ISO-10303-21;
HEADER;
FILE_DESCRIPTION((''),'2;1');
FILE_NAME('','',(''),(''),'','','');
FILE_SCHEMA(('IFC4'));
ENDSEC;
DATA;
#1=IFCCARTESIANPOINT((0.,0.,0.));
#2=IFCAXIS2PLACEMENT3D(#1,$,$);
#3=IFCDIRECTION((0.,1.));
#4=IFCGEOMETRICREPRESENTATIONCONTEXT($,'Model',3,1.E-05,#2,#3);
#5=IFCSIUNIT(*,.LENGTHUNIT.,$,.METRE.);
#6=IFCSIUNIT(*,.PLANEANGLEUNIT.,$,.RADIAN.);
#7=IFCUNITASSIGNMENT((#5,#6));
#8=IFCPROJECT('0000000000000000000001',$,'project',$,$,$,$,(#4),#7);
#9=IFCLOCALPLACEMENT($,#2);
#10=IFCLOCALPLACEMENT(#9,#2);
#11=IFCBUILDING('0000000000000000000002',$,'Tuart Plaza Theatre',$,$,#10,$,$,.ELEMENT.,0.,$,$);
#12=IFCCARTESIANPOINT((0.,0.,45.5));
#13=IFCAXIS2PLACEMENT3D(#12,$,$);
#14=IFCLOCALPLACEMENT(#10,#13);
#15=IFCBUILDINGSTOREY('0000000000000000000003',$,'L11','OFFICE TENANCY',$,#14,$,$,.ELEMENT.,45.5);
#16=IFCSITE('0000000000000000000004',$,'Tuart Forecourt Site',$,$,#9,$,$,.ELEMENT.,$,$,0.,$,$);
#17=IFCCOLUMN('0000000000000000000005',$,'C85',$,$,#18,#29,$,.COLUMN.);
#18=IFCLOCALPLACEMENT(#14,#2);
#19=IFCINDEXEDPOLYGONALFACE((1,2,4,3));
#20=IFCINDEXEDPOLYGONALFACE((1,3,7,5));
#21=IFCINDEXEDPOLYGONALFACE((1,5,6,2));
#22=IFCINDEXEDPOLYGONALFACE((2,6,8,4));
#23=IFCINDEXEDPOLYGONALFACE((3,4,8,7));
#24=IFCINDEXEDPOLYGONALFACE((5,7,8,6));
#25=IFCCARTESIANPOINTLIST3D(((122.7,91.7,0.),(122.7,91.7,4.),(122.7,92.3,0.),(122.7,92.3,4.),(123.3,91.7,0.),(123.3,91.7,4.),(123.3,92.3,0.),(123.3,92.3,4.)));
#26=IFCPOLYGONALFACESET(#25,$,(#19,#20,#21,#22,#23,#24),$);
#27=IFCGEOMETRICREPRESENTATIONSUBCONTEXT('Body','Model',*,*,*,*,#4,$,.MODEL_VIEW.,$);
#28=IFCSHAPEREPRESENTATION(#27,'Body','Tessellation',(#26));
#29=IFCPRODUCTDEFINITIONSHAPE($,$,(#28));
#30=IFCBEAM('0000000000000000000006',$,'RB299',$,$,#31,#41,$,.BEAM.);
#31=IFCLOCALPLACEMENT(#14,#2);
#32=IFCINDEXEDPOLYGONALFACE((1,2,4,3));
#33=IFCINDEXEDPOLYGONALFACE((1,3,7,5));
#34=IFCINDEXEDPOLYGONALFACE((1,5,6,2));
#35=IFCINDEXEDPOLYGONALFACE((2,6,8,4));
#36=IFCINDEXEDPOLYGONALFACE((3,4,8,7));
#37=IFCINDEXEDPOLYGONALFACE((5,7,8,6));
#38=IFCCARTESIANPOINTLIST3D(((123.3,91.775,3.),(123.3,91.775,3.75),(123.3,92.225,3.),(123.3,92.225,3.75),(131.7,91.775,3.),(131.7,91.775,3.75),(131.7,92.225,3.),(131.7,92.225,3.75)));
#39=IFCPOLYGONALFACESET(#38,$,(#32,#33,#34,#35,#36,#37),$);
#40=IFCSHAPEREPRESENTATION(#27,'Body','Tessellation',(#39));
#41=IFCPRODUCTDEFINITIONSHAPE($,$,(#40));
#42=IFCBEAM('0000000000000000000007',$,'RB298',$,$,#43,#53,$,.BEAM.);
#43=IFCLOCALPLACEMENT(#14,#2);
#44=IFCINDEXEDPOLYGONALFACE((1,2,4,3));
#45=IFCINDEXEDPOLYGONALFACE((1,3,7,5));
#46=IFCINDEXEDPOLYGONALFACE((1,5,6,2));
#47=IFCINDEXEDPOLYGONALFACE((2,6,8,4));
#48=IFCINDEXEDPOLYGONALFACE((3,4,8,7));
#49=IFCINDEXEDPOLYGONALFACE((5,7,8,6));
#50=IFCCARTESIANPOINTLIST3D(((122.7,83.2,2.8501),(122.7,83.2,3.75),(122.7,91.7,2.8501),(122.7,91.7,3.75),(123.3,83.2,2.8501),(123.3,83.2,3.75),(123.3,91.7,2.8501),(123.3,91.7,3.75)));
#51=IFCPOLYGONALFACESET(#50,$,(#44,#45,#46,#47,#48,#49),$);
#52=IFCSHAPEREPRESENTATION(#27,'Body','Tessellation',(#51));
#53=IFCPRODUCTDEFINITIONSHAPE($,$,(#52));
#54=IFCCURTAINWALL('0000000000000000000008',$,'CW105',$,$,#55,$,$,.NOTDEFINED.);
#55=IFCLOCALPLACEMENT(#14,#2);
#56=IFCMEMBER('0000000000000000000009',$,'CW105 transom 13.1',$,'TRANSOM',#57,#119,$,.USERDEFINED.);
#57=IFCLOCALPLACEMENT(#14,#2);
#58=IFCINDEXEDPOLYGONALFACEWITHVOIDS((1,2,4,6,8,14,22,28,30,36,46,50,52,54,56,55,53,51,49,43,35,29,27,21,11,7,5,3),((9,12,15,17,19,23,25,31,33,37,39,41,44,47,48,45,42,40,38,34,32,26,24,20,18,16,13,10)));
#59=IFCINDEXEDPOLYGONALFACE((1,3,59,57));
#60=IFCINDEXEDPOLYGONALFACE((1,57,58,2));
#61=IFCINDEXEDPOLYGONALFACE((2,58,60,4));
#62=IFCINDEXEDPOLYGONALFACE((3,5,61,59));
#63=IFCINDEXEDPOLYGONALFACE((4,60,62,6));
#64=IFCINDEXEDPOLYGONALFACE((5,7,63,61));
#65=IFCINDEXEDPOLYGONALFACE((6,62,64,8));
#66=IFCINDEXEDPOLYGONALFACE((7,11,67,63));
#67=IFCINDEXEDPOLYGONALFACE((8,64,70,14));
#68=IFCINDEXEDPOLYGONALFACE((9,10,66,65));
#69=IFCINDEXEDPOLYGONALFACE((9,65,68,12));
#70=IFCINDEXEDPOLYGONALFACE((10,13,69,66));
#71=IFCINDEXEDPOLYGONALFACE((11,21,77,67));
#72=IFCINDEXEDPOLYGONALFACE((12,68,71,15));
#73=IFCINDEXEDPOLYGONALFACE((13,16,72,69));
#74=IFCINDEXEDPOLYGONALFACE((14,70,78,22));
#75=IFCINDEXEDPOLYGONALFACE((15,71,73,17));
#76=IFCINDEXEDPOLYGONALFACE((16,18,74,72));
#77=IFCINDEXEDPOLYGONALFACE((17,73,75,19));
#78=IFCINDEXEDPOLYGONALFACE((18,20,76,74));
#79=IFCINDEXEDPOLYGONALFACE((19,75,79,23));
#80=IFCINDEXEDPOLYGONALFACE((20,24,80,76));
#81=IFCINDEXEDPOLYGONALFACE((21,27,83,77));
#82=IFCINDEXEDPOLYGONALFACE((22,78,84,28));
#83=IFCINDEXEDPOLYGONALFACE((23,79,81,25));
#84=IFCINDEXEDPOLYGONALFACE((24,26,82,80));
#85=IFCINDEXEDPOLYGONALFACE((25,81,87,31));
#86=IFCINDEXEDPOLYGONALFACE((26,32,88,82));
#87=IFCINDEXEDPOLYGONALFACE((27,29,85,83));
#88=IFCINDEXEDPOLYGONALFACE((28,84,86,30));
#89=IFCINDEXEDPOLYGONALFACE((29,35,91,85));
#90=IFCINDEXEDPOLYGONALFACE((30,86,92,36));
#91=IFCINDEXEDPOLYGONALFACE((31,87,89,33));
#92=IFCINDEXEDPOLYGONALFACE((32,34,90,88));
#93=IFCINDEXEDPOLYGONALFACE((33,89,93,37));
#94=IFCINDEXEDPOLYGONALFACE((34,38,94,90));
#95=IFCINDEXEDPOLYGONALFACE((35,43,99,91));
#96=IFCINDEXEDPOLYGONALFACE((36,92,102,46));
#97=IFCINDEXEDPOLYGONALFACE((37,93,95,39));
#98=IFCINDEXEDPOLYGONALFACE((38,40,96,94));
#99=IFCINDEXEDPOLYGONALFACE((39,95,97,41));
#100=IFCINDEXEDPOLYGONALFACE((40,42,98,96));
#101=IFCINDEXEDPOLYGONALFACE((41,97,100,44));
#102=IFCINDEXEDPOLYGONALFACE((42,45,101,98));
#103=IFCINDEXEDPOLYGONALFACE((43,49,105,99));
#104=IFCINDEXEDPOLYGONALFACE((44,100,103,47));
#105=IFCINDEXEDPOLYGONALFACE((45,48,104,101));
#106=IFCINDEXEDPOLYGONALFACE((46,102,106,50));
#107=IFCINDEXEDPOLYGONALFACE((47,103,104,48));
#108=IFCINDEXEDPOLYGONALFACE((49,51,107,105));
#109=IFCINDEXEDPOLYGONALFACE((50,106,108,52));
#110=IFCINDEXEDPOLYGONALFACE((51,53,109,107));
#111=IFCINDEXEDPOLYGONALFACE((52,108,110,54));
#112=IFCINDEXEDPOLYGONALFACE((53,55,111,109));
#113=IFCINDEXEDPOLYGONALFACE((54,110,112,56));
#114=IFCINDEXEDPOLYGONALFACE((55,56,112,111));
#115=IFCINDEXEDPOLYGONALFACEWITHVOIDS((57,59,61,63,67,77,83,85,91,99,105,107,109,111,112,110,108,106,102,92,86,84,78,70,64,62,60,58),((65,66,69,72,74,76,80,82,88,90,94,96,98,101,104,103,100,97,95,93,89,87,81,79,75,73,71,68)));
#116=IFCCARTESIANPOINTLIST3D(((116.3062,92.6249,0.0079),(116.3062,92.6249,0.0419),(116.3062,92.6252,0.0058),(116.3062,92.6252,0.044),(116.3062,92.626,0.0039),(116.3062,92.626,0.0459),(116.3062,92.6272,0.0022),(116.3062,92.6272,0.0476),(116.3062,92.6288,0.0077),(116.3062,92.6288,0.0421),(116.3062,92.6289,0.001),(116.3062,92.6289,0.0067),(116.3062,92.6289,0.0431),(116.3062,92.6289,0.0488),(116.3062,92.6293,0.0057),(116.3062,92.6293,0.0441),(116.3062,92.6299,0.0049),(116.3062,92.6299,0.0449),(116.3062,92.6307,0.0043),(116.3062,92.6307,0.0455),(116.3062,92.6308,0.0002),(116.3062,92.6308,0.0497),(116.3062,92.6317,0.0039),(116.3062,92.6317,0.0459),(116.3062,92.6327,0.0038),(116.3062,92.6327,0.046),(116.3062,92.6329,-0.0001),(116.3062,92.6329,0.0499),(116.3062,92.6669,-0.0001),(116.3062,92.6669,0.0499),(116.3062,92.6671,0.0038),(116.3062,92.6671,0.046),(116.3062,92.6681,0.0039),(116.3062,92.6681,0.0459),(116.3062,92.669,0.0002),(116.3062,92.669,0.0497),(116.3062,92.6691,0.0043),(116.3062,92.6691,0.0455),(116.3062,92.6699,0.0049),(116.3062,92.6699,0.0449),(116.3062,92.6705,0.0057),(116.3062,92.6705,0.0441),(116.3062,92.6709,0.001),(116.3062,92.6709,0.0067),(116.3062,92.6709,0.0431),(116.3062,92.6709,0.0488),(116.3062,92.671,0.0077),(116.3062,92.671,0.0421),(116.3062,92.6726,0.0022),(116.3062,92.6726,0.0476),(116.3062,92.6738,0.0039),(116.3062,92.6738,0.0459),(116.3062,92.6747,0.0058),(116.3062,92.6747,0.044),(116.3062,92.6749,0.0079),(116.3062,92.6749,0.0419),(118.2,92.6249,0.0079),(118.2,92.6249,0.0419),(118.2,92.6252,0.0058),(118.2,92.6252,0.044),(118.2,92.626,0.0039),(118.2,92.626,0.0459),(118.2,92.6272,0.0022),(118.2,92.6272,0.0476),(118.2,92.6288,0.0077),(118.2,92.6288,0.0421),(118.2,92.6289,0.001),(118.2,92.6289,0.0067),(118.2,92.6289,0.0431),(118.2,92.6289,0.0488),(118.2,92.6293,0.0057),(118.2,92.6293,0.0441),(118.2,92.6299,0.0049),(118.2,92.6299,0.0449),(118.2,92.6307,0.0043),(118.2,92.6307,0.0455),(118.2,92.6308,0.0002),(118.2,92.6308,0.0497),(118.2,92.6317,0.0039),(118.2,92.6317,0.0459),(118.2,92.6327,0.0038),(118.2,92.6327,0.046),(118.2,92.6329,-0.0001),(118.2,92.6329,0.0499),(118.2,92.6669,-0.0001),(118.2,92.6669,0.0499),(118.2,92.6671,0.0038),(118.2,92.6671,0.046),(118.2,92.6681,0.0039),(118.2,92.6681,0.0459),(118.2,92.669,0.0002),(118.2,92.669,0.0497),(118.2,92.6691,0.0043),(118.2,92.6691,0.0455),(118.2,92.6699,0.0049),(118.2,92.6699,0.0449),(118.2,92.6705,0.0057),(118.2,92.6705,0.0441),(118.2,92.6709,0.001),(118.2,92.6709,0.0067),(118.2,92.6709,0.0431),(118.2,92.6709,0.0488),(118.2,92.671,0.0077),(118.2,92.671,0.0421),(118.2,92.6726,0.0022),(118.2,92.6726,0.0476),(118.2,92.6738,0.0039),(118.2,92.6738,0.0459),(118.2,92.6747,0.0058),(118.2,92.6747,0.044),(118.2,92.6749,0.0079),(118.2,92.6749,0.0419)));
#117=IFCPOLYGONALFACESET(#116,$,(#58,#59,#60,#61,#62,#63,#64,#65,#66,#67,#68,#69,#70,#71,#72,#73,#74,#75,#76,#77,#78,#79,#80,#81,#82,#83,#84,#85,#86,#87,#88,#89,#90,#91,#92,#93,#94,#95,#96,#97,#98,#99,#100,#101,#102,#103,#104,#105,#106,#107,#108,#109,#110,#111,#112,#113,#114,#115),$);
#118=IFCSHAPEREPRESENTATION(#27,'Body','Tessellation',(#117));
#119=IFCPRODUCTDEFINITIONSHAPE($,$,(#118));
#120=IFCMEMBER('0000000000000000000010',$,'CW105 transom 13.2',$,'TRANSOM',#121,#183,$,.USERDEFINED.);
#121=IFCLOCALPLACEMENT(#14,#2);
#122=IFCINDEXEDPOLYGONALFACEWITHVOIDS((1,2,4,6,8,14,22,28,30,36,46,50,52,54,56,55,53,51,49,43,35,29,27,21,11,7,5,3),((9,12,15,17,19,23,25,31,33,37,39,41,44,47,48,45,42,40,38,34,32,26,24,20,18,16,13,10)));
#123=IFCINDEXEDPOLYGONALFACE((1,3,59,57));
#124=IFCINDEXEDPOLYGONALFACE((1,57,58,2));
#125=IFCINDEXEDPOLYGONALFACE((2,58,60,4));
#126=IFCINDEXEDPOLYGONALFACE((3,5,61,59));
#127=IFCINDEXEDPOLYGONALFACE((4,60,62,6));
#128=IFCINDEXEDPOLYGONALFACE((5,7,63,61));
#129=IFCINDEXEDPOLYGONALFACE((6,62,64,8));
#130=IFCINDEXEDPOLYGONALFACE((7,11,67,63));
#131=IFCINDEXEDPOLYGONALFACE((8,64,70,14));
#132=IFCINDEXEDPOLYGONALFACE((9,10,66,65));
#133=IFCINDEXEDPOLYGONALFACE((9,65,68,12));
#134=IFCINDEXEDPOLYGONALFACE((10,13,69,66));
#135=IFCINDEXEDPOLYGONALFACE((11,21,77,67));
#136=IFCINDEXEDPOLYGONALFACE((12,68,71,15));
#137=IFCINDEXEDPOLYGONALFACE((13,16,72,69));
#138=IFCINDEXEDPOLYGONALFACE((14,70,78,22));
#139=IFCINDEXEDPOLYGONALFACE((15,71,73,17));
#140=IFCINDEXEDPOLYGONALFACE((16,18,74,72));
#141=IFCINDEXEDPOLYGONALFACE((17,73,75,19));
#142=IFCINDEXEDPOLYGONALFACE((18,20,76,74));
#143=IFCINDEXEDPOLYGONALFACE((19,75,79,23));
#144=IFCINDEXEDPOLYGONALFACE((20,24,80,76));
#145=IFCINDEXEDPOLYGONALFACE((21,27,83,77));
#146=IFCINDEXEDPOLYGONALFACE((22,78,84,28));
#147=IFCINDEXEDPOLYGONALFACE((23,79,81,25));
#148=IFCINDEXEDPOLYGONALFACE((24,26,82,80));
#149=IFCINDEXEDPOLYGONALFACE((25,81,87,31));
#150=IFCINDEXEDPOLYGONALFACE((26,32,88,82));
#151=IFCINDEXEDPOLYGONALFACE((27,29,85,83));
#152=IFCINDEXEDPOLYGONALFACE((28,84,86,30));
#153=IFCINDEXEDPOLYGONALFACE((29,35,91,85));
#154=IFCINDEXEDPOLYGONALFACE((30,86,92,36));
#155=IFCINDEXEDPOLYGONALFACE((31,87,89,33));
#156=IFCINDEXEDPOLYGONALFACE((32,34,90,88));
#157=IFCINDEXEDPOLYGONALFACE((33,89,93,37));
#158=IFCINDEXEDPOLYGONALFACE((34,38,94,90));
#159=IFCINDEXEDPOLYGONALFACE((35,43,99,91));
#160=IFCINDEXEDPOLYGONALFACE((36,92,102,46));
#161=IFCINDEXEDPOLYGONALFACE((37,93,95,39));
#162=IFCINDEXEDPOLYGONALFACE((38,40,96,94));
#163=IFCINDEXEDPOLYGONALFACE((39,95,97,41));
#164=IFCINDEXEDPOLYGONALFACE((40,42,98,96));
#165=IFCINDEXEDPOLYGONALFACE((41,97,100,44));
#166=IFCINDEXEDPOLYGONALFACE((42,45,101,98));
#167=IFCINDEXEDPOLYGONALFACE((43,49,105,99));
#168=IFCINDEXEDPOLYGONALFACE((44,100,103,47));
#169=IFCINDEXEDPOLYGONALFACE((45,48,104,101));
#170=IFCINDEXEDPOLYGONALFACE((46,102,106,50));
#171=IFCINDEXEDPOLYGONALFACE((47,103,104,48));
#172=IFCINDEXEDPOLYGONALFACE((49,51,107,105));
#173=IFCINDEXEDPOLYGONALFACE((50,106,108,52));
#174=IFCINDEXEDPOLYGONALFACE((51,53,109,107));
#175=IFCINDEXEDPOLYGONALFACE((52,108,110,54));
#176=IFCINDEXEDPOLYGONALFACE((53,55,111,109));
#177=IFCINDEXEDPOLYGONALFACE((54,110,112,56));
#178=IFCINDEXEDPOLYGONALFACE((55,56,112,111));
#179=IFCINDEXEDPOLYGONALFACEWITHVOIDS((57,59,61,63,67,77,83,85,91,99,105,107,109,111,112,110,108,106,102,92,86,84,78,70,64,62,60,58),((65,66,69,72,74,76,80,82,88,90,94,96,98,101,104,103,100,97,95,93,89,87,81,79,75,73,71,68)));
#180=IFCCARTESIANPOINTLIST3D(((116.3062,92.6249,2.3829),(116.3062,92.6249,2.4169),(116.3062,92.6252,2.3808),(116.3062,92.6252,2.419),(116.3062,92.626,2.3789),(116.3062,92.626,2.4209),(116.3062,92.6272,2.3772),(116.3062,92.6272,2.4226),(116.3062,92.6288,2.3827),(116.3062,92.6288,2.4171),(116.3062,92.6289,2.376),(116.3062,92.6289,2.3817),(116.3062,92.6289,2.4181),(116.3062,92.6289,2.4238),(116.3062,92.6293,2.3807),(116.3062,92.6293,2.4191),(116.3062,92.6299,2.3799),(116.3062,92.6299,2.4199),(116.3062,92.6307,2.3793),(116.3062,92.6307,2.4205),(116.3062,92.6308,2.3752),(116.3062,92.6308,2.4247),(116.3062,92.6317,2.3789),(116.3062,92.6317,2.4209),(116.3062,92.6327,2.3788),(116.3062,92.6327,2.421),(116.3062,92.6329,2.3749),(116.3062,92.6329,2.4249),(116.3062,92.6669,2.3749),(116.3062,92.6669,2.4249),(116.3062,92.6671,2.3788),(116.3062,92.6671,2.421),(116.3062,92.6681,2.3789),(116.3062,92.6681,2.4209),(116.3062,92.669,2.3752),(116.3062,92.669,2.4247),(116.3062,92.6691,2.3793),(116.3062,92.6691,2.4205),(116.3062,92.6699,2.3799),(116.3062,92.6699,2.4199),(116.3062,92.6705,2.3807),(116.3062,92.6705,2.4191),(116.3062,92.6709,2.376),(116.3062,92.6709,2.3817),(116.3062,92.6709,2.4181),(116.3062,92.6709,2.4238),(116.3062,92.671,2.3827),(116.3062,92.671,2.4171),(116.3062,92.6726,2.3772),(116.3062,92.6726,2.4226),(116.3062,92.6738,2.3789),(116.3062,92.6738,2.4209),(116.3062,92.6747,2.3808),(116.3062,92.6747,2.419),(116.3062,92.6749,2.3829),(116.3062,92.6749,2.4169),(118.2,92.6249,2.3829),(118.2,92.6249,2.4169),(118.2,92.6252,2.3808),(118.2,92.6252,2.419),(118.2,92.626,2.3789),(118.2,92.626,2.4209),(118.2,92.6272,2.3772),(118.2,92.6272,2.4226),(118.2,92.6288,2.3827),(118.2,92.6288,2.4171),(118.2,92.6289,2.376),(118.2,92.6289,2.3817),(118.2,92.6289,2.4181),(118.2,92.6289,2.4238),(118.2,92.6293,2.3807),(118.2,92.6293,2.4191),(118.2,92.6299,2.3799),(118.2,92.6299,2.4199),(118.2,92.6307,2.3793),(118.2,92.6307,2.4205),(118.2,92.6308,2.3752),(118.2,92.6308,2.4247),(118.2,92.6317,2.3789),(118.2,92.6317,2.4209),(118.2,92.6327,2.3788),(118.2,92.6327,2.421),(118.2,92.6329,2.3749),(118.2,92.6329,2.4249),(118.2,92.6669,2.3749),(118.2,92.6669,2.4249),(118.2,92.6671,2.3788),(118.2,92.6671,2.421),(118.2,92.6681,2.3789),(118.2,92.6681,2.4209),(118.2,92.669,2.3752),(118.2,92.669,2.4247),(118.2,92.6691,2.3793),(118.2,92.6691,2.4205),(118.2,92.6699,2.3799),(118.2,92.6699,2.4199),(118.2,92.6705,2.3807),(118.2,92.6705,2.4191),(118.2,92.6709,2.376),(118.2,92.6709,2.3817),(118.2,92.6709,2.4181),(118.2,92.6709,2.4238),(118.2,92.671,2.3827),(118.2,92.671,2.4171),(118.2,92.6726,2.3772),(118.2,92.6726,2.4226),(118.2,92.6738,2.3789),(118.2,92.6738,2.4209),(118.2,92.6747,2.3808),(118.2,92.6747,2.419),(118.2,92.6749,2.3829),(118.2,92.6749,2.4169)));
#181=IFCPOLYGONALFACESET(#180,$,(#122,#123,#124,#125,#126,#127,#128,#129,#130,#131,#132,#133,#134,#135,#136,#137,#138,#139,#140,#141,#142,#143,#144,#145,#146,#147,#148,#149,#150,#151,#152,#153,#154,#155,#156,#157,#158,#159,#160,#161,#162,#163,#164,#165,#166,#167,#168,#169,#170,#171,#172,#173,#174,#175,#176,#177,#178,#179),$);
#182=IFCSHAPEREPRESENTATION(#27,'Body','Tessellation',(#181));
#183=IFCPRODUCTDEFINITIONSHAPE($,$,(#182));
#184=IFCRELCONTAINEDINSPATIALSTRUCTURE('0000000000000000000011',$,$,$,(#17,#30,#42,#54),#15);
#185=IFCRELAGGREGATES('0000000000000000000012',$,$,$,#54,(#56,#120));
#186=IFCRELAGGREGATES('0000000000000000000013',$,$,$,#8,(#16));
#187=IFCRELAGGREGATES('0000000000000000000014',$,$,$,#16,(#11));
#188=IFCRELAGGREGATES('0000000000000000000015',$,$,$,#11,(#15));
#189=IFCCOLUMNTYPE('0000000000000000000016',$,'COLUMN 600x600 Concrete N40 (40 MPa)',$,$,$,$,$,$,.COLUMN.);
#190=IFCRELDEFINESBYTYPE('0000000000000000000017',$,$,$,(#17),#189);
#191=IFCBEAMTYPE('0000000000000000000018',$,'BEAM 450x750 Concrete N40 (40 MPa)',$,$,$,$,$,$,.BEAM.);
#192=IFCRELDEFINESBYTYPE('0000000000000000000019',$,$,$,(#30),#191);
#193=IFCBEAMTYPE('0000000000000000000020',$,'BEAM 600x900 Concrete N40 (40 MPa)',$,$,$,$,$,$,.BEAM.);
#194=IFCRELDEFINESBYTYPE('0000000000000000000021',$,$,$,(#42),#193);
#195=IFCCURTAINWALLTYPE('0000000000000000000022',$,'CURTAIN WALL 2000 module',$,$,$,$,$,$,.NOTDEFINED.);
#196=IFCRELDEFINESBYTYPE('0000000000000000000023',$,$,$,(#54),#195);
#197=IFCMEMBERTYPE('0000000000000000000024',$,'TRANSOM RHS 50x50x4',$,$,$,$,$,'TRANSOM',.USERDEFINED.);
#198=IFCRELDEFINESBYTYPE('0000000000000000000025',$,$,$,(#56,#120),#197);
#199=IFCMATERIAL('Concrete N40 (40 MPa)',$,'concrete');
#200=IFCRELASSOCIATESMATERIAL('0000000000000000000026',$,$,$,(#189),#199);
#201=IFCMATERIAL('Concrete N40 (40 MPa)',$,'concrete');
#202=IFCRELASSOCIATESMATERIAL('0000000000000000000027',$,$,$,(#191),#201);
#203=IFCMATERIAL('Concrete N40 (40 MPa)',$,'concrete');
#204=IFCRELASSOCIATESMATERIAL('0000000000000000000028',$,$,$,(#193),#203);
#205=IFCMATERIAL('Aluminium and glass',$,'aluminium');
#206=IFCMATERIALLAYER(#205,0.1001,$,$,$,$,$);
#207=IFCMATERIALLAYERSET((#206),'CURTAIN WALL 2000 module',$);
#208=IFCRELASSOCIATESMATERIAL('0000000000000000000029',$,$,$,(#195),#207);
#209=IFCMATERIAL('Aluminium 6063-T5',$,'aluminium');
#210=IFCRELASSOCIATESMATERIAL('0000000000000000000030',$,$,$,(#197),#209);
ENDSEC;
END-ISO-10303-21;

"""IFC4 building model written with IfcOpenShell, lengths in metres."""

from ifc_helpers import new_model, si_unit, direction, frame, origin, origin_2d, place, context, subcontext, project, spatial, rectangle, hollow_rectangle, extrude, material, layer, layer_set, material_profile, profile_set, type_object, element, aggregate, save


model = new_model("IFC4")

# Units and contexts
model_context = context("Model", 3, precision=1e-05, world=origin(), true_north=direction((0.0, 1.0)))
body_context = subcontext(model_context, "Body", "Model", "MODEL_VIEW")
ifc_project = project(units=[si_unit("LENGTHUNIT", "METRE"), si_unit("PLANEANGLEUNIT", "RADIAN")], contexts=[model_context])

# Site, building, storey
site_placement = place(None, origin())
site = spatial("IfcSite", under=ifc_project, at=site_placement, Name="Tuart Forecourt Site", CompositionType="ELEMENT", RefElevation=0.0)
building_placement = place(site_placement, origin())
building = spatial("IfcBuilding", under=site, at=building_placement, Name="Tuart Plaza Theatre", CompositionType="ELEMENT", ElevationOfRefHeight=0.0)
storey_placement = place(building_placement, frame((0.0, 0.0, 45.5)))
storey = spatial("IfcBuildingStorey", under=building, at=storey_placement, Name="L11", Description="OFFICE TENANCY", CompositionType="ELEMENT", Elevation=45.5)

# Column
ifc_material_1 = material(Name="Concrete N40 (40 MPa)", Category="concrete")
ifc_material_profile_1 = material_profile(ifc_material_1, rectangle(XDim=0.6001, YDim=0.6001, at=origin_2d()), Name="COLUMN 600x600 Concrete N40 (40 MPa)")
ifc_profile_set_1 = profile_set([ifc_material_profile_1], Name="Concrete N40 (40 MPa)")
column_type = type_object("IfcColumnType", Name="COLUMN 600x600 Concrete N40 (40 MPa)", PredefinedType="COLUMN", material=ifc_profile_set_1)
column_placement = place(storey_placement, frame((123.0, 92.0, 0.0), z_axis=(0.0, 0.0, 1.0), x_axis=(1.0, 0.0, 0.0)))
element("IfcColumn", 1, at=column_placement, inside=storey, type_object=column_type, Name="C85", PredefinedType="COLUMN", context=body_context, shape_type="SweptSolid", body=[
    extrude(rectangle(XDim=0.6001, YDim=0.6001, at=origin_2d()), origin(), (0.0, 0.0, 1.0), 4.0),
])

# Beams
ifc_material_2 = material(Name="Concrete N40 (40 MPa)", Category="concrete")
ifc_material_profile_2 = material_profile(ifc_material_2, rectangle(XDim=0.45, YDim=0.75, at=origin_2d()), Name="BEAM 450x750 Concrete N40 (40 MPa)")
ifc_profile_set_2 = profile_set([ifc_material_profile_2], Name="Concrete N40 (40 MPa)")
beam_type_1 = type_object("IfcBeamType", Name="BEAM 450x750 Concrete N40 (40 MPa)", PredefinedType="BEAM", material=ifc_profile_set_2)
beam_1_placement = place(storey_placement, frame((123.3, 92.0, 3.375), z_axis=(1.0, 0.0, 0.0), x_axis=(0.0, 1.0, 0.0)))
element("IfcBeam", 2, at=beam_1_placement, inside=storey, type_object=beam_type_1, Name="RB299", PredefinedType="BEAM", context=body_context, shape_type="SweptSolid", body=[
    extrude(rectangle(XDim=0.45, YDim=0.75, at=origin_2d()), origin(), (0.0, 0.0, 1.0), 8.3999),
])
ifc_material_3 = material(Name="Concrete N40 (40 MPa)", Category="concrete")
ifc_material_profile_3 = material_profile(ifc_material_3, rectangle(XDim=0.6001, YDim=0.8999, at=origin_2d()), Name="BEAM 600x900 Concrete N40 (40 MPa)")
ifc_profile_set_3 = profile_set([ifc_material_profile_3], Name="Concrete N40 (40 MPa)")
beam_type_2 = type_object("IfcBeamType", Name="BEAM 600x900 Concrete N40 (40 MPa)", PredefinedType="BEAM", material=ifc_profile_set_3)
beam_2_placement = place(storey_placement, frame((123.0, 83.2, 3.3), z_axis=(0.0, 1.0, 0.0), x_axis=(-1.0, 0.0, 0.0)))
element("IfcBeam", 3, at=beam_2_placement, inside=storey, type_object=beam_type_2, Name="RB298", PredefinedType="BEAM", context=body_context, shape_type="SweptSolid", body=[
    extrude(rectangle(XDim=0.6001, YDim=0.8999, at=origin_2d()), origin(), (0.0, 0.0, 1.0), 8.5),
])

# Curtain wall, members
ifc_material_4 = material(Name="Aluminium and glass", Category="aluminium")
ifc_layer_1 = layer(ifc_material_4, 0.1001)
ifc_layer_set_1 = layer_set([ifc_layer_1], Name="CURTAIN WALL 2000 module")
curtain_wall_type = type_object("IfcCurtainWallType", Name="CURTAIN WALL 2000 module", PredefinedType="NOTDEFINED", material=ifc_layer_set_1)
curtain_wall_placement = place(storey_placement, origin())
curtain_wall = element("IfcCurtainWall", 4, at=curtain_wall_placement, inside=storey, type_object=curtain_wall_type, Name="CW105", PredefinedType="NOTDEFINED")
ifc_material_5 = material(Name="Aluminium 6063-T5", Category="aluminium")
ifc_material_profile_4 = material_profile(ifc_material_5, hollow_rectangle(XDim=0.05, YDim=0.05, WallThickness=0.0039, InnerFilletRadius=0.0039, OuterFilletRadius=0.0081, at=origin_2d()), Name="RHS 50x50x4")
ifc_profile_set_4 = profile_set([ifc_material_profile_4], Name="Aluminium 6063-T5")
member_type = type_object("IfcMemberType", Name="TRANSOM RHS 50x50x4", ElementType="TRANSOM", PredefinedType="USERDEFINED", material=ifc_profile_set_4)
member_1_placement = place(storey_placement, frame((118.2, 92.6499, 0.0249), z_axis=(-1.0, 0.0, 0.0), x_axis=(0.0, -1.0, 0.0)))
member_1 = element("IfcMember", 5, at=member_1_placement, type_object=member_type, Name="CW105 transom 13.1", ObjectType="TRANSOM", PredefinedType="USERDEFINED", context=body_context, shape_type="SweptSolid", body=[
    extrude(hollow_rectangle(XDim=0.05, YDim=0.05, WallThickness=0.0039, InnerFilletRadius=0.0039, OuterFilletRadius=0.0081, at=origin_2d()), origin(), (0.0, 0.0, 1.0), 1.8938),
])
member_2_placement = place(storey_placement, frame((118.2, 92.6499, 2.3999), z_axis=(-1.0, 0.0, 0.0), x_axis=(0.0, -1.0, 0.0)))
member_2 = element("IfcMember", 6, at=member_2_placement, type_object=member_type, Name="CW105 transom 13.2", ObjectType="TRANSOM", PredefinedType="USERDEFINED", context=body_context, shape_type="SweptSolid", body=[
    extrude(hollow_rectangle(XDim=0.05, YDim=0.05, WallThickness=0.0039, InnerFilletRadius=0.0039, OuterFilletRadius=0.0081, at=origin_2d()), origin(), (0.0, 0.0, 1.0), 1.8938),
])
aggregate(curtain_wall, [member_1, member_2])

save(model, "model.ifc")
